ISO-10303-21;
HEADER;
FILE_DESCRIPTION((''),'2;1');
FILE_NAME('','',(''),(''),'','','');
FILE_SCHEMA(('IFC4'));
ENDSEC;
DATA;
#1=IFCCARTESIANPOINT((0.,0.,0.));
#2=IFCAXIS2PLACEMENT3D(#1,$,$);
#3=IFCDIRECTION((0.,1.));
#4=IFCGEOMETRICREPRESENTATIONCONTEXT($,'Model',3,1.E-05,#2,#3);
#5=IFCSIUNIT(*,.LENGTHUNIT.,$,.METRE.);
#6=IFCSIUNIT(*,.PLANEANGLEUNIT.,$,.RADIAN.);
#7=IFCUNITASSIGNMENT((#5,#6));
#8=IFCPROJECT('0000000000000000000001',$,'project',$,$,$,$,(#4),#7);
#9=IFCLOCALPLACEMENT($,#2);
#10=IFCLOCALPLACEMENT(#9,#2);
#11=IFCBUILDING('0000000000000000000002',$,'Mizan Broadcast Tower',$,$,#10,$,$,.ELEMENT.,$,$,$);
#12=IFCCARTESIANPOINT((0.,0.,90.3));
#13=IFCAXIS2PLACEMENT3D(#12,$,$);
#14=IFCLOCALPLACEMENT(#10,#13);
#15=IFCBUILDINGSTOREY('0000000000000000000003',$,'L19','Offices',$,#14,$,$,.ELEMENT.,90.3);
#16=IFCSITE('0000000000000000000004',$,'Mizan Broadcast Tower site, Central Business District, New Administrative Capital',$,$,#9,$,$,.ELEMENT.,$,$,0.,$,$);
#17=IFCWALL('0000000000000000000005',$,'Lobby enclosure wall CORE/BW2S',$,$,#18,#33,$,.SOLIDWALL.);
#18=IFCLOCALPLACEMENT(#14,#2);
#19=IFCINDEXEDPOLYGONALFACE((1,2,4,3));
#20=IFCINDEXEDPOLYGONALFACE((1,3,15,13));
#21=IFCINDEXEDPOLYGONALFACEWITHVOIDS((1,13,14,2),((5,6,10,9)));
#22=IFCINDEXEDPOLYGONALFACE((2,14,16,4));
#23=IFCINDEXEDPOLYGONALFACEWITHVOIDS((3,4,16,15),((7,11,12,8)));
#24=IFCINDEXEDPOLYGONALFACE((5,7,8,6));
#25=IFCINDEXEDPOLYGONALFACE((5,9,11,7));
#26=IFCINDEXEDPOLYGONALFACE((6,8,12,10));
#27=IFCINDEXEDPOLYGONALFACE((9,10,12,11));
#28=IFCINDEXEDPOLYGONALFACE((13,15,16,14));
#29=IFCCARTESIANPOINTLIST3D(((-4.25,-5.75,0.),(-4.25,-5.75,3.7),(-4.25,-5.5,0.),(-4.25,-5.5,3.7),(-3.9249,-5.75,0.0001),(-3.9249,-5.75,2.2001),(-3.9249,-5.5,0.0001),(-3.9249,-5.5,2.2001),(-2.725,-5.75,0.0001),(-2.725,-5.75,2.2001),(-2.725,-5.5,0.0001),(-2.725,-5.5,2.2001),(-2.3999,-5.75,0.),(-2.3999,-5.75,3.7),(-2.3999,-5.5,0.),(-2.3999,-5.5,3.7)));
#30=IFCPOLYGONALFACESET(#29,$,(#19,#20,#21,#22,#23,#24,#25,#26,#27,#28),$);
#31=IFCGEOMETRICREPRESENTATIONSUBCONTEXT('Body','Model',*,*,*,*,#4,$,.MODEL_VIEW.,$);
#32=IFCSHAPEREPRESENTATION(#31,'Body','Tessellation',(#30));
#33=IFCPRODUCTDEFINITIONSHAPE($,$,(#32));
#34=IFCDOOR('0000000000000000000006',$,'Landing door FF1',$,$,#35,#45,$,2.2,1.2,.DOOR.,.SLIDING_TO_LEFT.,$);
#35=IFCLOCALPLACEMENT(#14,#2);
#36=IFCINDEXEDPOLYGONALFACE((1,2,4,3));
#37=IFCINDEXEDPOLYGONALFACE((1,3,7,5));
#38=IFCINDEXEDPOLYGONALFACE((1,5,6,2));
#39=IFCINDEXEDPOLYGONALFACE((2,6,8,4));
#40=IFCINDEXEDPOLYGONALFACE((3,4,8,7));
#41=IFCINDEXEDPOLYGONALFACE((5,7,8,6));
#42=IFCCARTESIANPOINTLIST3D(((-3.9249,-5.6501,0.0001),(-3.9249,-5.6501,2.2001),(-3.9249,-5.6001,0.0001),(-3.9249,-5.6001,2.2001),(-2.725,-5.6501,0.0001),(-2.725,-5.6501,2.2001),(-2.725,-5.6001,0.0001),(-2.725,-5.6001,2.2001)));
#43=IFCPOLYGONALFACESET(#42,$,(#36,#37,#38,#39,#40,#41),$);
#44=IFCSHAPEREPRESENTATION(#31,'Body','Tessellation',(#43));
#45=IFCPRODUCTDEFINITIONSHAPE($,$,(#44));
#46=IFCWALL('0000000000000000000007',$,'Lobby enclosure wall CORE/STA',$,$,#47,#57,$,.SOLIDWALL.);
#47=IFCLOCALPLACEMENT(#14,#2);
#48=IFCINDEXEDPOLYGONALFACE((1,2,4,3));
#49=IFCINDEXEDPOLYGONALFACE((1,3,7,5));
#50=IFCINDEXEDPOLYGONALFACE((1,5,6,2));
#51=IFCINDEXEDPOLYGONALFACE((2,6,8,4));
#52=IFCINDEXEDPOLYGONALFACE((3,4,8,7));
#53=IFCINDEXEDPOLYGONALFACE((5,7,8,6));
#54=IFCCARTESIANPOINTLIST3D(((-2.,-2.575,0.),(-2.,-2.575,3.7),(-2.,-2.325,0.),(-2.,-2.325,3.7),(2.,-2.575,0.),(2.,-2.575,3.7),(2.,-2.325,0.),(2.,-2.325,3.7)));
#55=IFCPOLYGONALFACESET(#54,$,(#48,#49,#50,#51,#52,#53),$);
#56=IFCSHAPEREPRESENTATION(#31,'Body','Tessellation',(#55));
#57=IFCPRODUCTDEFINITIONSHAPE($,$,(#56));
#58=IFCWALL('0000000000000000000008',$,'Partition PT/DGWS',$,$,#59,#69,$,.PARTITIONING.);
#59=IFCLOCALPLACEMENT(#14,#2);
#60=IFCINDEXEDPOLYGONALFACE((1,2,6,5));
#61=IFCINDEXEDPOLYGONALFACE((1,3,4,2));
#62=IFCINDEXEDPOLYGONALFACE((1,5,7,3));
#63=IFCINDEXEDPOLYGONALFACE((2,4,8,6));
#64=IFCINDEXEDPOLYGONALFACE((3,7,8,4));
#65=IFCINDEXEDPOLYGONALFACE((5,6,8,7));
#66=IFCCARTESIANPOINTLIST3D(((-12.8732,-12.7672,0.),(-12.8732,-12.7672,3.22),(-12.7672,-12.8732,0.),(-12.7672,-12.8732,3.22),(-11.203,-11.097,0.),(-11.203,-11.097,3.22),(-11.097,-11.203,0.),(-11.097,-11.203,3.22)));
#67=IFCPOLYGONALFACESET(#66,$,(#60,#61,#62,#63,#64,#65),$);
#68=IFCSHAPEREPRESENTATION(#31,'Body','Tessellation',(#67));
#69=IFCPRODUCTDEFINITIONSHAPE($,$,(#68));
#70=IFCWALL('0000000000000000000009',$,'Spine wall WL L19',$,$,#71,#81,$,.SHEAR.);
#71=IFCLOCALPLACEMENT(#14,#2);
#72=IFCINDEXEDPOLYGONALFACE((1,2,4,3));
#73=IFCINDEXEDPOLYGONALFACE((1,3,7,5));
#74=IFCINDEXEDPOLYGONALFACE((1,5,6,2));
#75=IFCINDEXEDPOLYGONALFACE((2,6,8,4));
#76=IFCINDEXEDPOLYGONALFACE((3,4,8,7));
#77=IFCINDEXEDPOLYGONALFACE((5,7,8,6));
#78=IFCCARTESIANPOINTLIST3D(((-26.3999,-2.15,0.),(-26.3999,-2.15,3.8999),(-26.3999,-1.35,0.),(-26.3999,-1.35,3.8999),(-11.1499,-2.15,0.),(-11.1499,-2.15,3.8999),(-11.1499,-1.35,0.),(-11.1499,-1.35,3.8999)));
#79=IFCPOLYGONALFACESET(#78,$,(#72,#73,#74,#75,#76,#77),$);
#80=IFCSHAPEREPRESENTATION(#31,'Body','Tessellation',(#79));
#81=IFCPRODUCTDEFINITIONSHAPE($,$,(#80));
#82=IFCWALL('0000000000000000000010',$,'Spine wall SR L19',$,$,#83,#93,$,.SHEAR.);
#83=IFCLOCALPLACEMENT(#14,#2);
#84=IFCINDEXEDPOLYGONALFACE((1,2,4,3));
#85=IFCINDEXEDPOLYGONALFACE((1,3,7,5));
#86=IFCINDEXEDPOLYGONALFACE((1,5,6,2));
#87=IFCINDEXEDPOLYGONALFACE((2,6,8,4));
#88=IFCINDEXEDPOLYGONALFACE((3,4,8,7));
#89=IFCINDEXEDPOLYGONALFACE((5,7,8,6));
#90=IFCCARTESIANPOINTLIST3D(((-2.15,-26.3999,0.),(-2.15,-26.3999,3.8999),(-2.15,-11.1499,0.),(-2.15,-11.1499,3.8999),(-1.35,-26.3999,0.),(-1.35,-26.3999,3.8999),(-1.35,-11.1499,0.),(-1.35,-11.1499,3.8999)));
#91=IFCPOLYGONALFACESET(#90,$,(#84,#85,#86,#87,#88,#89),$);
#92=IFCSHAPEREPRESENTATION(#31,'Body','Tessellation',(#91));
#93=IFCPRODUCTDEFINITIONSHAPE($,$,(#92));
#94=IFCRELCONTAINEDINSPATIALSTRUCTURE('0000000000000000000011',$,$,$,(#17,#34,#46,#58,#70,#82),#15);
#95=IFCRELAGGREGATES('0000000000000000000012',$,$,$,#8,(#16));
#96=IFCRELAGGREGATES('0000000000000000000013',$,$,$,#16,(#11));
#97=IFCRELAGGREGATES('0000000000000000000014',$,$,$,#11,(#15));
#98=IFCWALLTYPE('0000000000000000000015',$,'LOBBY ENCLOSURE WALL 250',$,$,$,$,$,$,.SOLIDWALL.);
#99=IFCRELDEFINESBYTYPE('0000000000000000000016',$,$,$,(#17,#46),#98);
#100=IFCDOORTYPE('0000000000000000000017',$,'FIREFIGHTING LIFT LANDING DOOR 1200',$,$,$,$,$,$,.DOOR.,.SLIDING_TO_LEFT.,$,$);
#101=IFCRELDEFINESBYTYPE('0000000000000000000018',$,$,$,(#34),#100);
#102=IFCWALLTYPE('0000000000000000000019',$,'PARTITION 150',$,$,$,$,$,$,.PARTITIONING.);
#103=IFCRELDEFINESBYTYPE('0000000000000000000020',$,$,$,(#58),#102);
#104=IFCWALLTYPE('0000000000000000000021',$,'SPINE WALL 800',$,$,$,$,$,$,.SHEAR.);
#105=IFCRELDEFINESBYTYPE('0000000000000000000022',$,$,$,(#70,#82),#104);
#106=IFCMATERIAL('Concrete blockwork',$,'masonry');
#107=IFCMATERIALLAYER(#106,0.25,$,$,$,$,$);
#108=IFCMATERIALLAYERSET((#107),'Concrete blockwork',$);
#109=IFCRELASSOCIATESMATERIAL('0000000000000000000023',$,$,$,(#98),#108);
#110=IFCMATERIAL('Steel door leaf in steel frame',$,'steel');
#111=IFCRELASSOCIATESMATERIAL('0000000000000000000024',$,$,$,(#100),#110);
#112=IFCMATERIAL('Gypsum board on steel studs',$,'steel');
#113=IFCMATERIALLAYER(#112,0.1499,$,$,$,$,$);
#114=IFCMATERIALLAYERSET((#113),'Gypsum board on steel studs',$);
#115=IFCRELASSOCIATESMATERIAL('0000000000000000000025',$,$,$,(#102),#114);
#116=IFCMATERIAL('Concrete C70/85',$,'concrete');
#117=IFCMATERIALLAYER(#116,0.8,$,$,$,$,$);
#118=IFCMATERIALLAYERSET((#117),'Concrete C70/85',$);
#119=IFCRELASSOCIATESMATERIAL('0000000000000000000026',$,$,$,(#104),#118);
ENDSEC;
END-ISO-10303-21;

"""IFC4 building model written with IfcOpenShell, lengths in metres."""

from ifc_helpers import new_model, si_unit, direction, frame, frame_2d, origin, place, context, subcontext, project, spatial, rectangle, extrude, material, layer, layer_set, type_object, element, fill, save


model = new_model("IFC4")

# Units and contexts
model_context = context("Model", 3, precision=1e-05, world=origin(), true_north=direction((0.0, 1.0)))
body_context = subcontext(model_context, "Body", "Model", "MODEL_VIEW")
ifc_project = project(units=[si_unit("LENGTHUNIT", "METRE"), si_unit("PLANEANGLEUNIT", "RADIAN")], contexts=[model_context])

# Site, building, storey
site_placement = place(None, origin())
site = spatial("IfcSite", under=ifc_project, at=site_placement, Name="Mizan Broadcast Tower site, Central Business District, New Administrative Capital", CompositionType="ELEMENT", RefElevation=0.0)
building_placement = place(site_placement, origin())
building = spatial("IfcBuilding", under=site, at=building_placement, Name="Mizan Broadcast Tower", CompositionType="ELEMENT")
storey_placement = place(building_placement, frame((0.0, 0.0, 90.3)))
storey = spatial("IfcBuildingStorey", under=building, at=storey_placement, Name="L19", Description="Offices", CompositionType="ELEMENT", Elevation=90.3)

# Shared definitions
ifc_material_1 = material(Name="Concrete blockwork", Category="masonry")
ifc_layer_1 = layer(ifc_material_1, 0.25)
ifc_layer_set_1 = layer_set([ifc_layer_1], Name="Concrete blockwork")
wall_type_1 = type_object("IfcWallType", Name="LOBBY ENCLOSURE WALL 250", PredefinedType="SOLIDWALL", material=ifc_layer_set_1)

# Wall, opening, door
wall_1_placement = place(storey_placement, frame((-4.25, -5.625, 0.0), z_axis=(0.0, 0.0, 1.0), x_axis=(1.0, 0.0, 0.0)))
wall_1 = element("IfcWall", 1, at=wall_1_placement, inside=storey, type_object=wall_type_1, Name="Lobby enclosure wall CORE/BW2S", PredefinedType="SOLIDWALL", context=body_context, shape_type="SweptSolid", body=[
    extrude(rectangle(XDim=1.8501, YDim=0.25, at=frame_2d((0.925, 0.0))), origin(), (0.0, 0.0, 1.0), 3.7),
])
opening_1_placement = place(wall_1_placement, frame((0.325, 0.0, 0.0)))
opening_1 = element("IfcOpeningElement", 2, at=opening_1_placement, cuts=wall_1, PredefinedType="OPENING", context=body_context, shape_type="SweptSolid", body=[
    extrude(rectangle(XDim=1.2, YDim=2.2, at=frame_2d((0.6001, 1.1001))), frame((0.0, 0.135, 0.0), z_axis=(0.0, -1.0, 0.0), x_axis=(1.0, 0.0, 0.0)), (0.0, 0.0, 1.0), 0.27),
])
ifc_material_2 = material(Name="Steel door leaf in steel frame", Category="steel")
door_type_1 = type_object("IfcDoorType", Name="FIREFIGHTING LIFT LANDING DOOR 1200", OperationType="SLIDING_TO_LEFT", PredefinedType="DOOR", material=ifc_material_2)
door_1_placement = place(opening_1_placement, origin())
door_1 = element("IfcDoor", 3, at=door_1_placement, inside=storey, type_object=door_type_1, Name="Landing door FF1", OperationType="SLIDING_TO_LEFT", OverallHeight=2.2, OverallWidth=1.2, PredefinedType="DOOR", context=body_context, shape_type="SweptSolid", body=[
    extrude(rectangle(XDim=1.2, YDim=2.2, at=frame_2d((0.6001, 1.1001))), frame((0.0, 0.0249, 0.0), z_axis=(0.0, -1.0, 0.0), x_axis=(1.0, 0.0, 0.0)), (0.0, 0.0, 1.0), 0.05),
])
fill(opening_1, door_1)

# Walls
wall_2_placement = place(storey_placement, frame((-2.0, -2.45, 0.0), z_axis=(0.0, 0.0, 1.0), x_axis=(1.0, 0.0, 0.0)))
element("IfcWall", 4, at=wall_2_placement, inside=storey, type_object=wall_type_1, Name="Lobby enclosure wall CORE/STA", PredefinedType="SOLIDWALL", context=body_context, shape_type="SweptSolid", body=[
    extrude(rectangle(XDim=4.0, YDim=0.25, at=frame_2d((2.0, 0.0))), origin(), (0.0, 0.0, 1.0), 3.7),
])
ifc_material_3 = material(Name="Gypsum board on steel studs", Category="steel")
ifc_layer_2 = layer(ifc_material_3, 0.1499)
ifc_layer_set_2 = layer_set([ifc_layer_2], Name="Gypsum board on steel studs")
wall_type_2 = type_object("IfcWallType", Name="PARTITION 150", PredefinedType="PARTITIONING", material=ifc_layer_set_2)
wall_3_placement = place(storey_placement, frame((-11.1499, -11.1499, 0.0), z_axis=(0.0, 0.0, 1.0), x_axis=(-0.707107, -0.707107, 0.0)))
element("IfcWall", 5, at=wall_3_placement, inside=storey, type_object=wall_type_2, Name="Partition PT/DGWS", PredefinedType="PARTITIONING", context=body_context, shape_type="SweptSolid", body=[
    extrude(rectangle(XDim=2.3621, YDim=0.1499, at=frame_2d((1.1812, 0.0))), origin(), (0.0, 0.0, 1.0), 3.22),
])
ifc_material_4 = material(Name="Concrete C70/85", Category="concrete")
ifc_layer_3 = layer(ifc_material_4, 0.8)
ifc_layer_set_3 = layer_set([ifc_layer_3], Name="Concrete C70/85")
wall_type_3 = type_object("IfcWallType", Name="SPINE WALL 800", PredefinedType="SHEAR", material=ifc_layer_set_3)
for number, where, z_axis, x_axis, name in (
    (6, (-11.1499, -1.75, 0.0), (0.0, 0.0, 1.0), (-1.0, 0.0, 0.0), "Spine wall WL L19"),
    (7, (-1.75, -11.1499, 0.0), (0.0, 0.0, 1.0), (0.0, -1.0, 0.0), "Spine wall SR L19"),
):
    element("IfcWall", number, at=place(storey_placement, frame(where, z_axis=z_axis, x_axis=x_axis)), inside=storey, type_object=wall_type_3, Name=name, PredefinedType="SHEAR", context=body_context, shape_type="SweptSolid", body=[
        extrude(rectangle(XDim=15.25, YDim=0.8, at=frame_2d((7.625, 0.0))), origin(), (0.0, 0.0, 1.0), 3.8999),
    ])

save(model, "model.ifc")
